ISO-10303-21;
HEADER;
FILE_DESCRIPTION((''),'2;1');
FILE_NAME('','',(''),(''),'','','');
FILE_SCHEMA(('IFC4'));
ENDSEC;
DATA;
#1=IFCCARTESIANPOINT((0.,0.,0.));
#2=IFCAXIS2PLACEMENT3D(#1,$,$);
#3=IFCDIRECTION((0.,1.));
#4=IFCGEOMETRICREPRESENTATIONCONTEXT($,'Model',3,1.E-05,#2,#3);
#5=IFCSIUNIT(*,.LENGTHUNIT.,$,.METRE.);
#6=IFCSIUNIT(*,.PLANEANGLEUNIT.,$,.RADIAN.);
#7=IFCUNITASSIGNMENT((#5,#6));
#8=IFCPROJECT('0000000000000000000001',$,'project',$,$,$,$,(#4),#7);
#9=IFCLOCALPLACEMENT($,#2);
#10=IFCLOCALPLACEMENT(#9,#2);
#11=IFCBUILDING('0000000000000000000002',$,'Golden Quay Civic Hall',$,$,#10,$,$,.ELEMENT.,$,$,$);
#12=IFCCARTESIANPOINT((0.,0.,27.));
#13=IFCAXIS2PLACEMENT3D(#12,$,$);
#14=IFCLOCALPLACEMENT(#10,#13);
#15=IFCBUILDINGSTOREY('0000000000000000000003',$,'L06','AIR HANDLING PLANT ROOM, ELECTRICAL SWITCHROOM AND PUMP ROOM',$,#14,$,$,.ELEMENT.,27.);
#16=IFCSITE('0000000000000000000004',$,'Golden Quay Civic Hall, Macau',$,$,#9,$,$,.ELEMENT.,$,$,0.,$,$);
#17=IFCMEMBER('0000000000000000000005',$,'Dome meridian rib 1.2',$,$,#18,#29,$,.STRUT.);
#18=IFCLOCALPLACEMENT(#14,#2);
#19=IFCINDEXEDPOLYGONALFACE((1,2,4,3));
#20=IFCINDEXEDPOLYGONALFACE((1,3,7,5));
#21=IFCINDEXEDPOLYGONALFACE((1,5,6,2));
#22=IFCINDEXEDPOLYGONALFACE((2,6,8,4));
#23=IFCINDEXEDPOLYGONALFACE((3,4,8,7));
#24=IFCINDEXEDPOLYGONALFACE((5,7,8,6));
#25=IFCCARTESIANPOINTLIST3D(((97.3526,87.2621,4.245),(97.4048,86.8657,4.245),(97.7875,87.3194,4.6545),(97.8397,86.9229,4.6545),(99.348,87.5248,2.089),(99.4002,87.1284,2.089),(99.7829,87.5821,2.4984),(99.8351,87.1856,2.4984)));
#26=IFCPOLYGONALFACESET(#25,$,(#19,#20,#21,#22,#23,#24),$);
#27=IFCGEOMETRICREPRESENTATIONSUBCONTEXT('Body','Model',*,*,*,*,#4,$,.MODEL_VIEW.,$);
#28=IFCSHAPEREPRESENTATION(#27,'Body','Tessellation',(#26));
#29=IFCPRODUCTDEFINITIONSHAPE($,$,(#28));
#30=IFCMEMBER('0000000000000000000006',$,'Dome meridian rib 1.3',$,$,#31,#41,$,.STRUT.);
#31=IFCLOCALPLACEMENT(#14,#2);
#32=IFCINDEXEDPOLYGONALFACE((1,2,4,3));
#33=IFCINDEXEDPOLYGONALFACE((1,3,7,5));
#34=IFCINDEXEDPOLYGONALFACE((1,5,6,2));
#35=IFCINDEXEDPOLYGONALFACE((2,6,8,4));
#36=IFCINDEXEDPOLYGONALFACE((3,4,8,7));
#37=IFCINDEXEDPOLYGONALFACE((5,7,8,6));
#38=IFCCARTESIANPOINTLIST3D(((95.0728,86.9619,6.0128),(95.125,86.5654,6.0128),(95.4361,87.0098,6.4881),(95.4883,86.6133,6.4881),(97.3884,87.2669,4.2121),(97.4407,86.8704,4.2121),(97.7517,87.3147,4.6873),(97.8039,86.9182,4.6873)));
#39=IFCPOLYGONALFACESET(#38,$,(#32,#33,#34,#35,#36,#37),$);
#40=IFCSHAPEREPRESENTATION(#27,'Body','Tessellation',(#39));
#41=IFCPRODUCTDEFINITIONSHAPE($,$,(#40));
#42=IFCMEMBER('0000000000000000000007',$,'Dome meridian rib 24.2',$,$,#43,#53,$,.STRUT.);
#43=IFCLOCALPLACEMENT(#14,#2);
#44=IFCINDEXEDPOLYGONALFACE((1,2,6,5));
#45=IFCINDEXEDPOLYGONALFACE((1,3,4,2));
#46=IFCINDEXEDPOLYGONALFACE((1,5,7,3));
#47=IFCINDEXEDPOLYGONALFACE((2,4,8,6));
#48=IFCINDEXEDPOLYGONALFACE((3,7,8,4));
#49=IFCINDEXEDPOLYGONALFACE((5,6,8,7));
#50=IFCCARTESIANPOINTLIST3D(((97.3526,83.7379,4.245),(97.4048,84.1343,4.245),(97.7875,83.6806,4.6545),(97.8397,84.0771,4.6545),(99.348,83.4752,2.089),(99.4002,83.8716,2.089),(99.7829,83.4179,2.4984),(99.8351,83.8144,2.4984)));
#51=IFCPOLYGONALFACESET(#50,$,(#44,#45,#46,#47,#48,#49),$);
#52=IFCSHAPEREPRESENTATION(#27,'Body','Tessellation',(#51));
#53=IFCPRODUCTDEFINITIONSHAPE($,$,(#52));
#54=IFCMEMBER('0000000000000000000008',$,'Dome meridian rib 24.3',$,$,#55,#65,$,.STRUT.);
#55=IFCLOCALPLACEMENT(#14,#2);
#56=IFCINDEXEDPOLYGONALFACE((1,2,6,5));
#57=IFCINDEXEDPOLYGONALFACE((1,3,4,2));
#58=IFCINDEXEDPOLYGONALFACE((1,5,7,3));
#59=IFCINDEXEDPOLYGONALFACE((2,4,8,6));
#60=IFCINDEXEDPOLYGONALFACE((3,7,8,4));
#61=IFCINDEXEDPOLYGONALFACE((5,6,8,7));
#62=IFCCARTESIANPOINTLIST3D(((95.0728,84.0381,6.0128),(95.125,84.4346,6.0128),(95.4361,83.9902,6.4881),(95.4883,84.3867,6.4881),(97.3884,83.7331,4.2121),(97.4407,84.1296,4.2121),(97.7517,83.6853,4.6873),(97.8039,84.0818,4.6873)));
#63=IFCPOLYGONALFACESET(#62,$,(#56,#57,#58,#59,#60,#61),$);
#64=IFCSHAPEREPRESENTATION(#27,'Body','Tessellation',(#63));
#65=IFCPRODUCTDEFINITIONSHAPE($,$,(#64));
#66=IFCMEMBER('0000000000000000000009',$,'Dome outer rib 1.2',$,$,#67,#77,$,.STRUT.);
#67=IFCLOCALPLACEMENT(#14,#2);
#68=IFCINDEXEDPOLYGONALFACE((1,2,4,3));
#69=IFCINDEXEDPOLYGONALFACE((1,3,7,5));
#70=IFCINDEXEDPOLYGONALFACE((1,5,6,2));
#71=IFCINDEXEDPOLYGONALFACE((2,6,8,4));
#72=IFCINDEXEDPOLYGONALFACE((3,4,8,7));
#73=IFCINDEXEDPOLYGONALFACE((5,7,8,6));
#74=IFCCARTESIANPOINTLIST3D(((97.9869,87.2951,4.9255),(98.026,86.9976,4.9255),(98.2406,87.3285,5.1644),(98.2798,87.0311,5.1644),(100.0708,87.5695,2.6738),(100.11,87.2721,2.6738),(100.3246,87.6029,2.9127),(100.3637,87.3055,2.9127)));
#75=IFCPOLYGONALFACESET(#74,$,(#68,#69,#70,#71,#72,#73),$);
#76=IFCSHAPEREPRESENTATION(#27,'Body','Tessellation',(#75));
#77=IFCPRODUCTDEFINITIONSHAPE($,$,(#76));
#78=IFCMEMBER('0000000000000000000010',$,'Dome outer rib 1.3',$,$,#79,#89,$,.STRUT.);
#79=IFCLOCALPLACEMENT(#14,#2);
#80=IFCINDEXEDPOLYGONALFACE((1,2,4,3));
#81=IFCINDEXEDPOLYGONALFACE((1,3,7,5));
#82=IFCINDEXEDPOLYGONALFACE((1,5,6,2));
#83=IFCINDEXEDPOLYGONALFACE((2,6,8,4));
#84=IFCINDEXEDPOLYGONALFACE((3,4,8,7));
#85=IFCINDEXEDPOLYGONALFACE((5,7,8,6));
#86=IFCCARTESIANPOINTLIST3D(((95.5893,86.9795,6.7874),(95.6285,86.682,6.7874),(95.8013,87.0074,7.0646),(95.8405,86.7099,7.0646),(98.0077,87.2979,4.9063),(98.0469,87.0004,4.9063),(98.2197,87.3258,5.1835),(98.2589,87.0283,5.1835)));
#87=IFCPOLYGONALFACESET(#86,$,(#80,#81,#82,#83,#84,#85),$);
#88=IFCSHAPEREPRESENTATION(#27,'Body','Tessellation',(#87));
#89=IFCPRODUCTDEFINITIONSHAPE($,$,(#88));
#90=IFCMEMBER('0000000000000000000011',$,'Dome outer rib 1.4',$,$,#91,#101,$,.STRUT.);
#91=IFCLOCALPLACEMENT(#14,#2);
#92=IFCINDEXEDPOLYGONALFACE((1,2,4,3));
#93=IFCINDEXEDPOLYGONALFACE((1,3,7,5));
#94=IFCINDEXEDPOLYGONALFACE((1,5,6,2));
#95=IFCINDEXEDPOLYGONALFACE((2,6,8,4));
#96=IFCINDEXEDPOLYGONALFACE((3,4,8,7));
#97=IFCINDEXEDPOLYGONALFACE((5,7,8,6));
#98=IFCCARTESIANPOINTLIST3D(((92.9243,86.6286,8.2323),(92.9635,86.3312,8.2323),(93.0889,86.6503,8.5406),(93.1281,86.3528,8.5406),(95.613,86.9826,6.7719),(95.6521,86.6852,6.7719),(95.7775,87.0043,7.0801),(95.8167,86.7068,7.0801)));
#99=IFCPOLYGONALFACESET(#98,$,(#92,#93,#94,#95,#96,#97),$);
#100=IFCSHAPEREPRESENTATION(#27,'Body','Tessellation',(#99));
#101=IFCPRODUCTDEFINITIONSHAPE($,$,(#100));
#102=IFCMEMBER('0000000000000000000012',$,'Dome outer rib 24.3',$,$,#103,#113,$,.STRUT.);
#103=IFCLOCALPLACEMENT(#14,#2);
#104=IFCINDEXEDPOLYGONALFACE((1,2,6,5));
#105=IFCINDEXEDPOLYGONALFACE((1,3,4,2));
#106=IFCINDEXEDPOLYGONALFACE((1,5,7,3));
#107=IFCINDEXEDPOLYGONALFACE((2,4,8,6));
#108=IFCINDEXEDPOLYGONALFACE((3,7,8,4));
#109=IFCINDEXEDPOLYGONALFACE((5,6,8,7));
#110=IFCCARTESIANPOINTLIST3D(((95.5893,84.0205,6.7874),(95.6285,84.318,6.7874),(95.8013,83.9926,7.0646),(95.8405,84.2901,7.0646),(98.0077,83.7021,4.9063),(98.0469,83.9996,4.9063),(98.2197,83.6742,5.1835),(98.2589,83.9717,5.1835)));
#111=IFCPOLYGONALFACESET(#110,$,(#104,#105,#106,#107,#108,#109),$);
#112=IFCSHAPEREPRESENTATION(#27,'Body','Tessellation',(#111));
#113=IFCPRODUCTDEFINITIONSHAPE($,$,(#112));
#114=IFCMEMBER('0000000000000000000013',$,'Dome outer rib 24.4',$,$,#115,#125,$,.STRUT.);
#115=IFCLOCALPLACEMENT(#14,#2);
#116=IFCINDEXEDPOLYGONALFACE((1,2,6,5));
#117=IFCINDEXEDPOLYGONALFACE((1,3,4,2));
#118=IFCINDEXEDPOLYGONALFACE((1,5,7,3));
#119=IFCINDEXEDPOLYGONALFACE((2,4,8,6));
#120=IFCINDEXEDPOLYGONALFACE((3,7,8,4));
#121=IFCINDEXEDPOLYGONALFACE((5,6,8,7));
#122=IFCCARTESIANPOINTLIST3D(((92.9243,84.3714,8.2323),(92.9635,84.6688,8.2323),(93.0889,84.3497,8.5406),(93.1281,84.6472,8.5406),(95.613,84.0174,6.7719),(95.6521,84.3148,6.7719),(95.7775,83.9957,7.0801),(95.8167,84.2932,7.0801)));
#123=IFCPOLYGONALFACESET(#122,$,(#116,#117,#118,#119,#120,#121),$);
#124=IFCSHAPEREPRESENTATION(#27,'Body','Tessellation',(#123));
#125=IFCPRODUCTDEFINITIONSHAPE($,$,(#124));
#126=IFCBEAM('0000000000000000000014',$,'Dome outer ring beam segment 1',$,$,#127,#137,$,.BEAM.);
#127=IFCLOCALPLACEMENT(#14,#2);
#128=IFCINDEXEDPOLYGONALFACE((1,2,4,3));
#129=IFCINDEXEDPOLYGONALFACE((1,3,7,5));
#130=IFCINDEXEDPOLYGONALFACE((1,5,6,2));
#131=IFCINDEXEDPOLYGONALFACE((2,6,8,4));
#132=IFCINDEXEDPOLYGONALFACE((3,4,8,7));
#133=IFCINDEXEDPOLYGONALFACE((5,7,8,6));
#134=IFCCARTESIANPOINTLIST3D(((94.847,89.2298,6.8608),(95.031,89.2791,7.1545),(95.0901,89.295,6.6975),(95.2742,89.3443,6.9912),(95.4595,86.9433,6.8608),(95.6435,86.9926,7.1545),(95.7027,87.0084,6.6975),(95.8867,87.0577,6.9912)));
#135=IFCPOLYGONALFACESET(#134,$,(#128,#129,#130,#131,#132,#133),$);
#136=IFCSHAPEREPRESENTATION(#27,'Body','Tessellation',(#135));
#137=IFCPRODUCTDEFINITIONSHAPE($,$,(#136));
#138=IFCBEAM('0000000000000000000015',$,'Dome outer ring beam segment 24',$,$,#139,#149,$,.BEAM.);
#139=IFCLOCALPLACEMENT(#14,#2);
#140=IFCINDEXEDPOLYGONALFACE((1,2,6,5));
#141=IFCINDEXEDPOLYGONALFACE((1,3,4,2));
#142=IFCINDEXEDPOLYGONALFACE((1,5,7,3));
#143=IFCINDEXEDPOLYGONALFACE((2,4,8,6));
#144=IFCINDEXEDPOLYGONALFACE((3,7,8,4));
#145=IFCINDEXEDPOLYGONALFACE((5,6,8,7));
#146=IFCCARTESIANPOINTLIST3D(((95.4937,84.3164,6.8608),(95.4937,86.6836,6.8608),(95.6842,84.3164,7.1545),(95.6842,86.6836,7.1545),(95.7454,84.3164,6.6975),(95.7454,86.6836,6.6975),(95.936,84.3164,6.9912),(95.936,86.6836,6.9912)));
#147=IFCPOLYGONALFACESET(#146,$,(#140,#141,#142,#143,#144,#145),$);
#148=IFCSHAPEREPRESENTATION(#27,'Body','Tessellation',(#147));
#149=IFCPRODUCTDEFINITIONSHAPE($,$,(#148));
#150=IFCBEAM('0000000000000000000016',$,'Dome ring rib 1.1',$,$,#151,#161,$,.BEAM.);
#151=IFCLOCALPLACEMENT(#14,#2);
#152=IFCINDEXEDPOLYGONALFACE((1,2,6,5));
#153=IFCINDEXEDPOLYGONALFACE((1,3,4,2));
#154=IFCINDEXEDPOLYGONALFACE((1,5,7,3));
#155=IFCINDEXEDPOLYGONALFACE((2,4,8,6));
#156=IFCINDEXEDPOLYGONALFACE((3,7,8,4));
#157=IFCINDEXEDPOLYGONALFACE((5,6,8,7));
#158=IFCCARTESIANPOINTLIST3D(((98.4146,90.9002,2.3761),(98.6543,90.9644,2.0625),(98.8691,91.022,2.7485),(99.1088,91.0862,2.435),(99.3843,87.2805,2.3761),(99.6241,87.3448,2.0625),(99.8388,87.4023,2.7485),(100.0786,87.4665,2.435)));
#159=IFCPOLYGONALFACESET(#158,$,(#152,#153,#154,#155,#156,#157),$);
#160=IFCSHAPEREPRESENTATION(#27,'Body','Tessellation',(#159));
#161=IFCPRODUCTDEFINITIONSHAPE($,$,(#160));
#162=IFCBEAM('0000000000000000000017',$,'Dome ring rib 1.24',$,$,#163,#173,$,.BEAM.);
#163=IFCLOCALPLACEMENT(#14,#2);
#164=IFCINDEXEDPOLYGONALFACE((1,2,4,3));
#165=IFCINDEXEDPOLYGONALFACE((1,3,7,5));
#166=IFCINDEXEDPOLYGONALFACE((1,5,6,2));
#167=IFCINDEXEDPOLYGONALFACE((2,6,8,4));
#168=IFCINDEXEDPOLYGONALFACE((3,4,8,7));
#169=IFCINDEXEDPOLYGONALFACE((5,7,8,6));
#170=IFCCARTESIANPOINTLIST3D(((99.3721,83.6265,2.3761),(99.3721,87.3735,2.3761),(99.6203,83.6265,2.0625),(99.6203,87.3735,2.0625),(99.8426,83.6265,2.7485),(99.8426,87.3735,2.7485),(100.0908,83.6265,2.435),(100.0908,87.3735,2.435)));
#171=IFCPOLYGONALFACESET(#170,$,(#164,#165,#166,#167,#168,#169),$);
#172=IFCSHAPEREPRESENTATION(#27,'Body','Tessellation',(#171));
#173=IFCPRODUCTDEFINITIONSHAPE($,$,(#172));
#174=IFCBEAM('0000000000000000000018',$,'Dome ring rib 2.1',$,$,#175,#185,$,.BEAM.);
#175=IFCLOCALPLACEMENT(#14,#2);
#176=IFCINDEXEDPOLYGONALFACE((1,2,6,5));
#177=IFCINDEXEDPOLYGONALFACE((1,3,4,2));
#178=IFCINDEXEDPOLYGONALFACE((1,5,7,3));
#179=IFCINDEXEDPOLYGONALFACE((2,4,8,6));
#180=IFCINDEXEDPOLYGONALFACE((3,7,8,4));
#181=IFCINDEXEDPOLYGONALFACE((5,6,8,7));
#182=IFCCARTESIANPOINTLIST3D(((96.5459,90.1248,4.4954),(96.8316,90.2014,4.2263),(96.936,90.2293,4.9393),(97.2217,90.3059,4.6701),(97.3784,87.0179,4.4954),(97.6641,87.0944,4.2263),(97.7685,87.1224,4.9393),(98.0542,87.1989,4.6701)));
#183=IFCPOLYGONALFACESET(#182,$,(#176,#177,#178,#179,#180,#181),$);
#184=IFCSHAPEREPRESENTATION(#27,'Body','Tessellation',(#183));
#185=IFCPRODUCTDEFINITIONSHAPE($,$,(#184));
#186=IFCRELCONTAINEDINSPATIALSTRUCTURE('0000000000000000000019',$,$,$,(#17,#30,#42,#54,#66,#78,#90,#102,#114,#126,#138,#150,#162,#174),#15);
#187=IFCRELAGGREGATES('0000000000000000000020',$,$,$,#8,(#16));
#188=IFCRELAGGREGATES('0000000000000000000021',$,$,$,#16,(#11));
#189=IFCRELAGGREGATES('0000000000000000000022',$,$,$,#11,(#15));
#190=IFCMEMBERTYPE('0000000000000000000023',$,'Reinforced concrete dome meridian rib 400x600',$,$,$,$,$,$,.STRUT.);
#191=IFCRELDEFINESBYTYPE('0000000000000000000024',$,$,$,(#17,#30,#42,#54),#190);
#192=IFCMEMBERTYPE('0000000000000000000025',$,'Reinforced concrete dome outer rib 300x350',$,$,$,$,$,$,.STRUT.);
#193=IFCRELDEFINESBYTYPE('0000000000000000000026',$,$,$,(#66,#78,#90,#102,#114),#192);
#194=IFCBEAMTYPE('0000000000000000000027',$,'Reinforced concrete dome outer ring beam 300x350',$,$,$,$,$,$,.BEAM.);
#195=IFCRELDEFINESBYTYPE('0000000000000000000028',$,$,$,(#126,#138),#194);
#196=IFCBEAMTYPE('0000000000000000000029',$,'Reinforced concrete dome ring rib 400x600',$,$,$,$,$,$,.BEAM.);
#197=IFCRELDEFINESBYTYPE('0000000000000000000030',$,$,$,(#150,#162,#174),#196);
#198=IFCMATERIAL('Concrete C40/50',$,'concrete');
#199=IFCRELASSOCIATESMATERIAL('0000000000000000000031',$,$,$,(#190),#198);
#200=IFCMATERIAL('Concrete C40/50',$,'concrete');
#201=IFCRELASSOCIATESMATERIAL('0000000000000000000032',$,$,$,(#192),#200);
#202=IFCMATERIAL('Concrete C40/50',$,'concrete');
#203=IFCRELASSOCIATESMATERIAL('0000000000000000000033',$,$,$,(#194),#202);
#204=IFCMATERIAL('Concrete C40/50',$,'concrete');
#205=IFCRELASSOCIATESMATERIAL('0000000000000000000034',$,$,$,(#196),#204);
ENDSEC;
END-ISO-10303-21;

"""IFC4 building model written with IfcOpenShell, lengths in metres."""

from ifc_helpers import new_model, si_unit, direction, frame, origin, origin_2d, place, context, subcontext, project, spatial, rectangle, extrude, material, material_profile, profile_set, type_object, element, save


model = new_model("IFC4")

# Units and contexts
model_context = context("Model", 3, precision=1e-05, world=origin(), true_north=direction((0.0, 1.0)))
body_context = subcontext(model_context, "Body", "Model", "MODEL_VIEW")
ifc_project = project(units=[si_unit("LENGTHUNIT", "METRE"), si_unit("PLANEANGLEUNIT", "RADIAN")], contexts=[model_context])

# Site, building, storey
site_placement = place(None, origin())
site = spatial("IfcSite", under=ifc_project, at=site_placement, Name="Golden Quay Civic Hall, Macau", CompositionType="ELEMENT", RefElevation=0.0)
building_placement = place(site_placement, origin())
building = spatial("IfcBuilding", under=site, at=building_placement, Name="Golden Quay Civic Hall", CompositionType="ELEMENT")
storey_placement = place(building_placement, frame((0.0, 0.0, 27.0)))
storey = spatial("IfcBuildingStorey", under=building, at=storey_placement, Name="L06", Description="AIR HANDLING PLANT ROOM, ELECTRICAL SWITCHROOM AND PUMP ROOM", CompositionType="ELEMENT", Elevation=27.0)

# Members
ifc_material_1 = material(Name="Concrete C40/50", Category="concrete")
ifc_material_profile_1 = material_profile(ifc_material_1, rectangle(XDim=0.3999, YDim=0.6001, at=origin_2d()), Name="RC 400x600")
ifc_profile_set_1 = profile_set([ifc_material_profile_1], Name="Concrete C40/50")
member_type_1 = type_object("IfcMemberType", Name="Reinforced concrete dome meridian rib 400x600", PredefinedType="STRUT", material=ifc_profile_set_1)
member_1_placement = place(storey_placement, frame((99.5916, 87.3552, 2.2937), z_axis=(-0.676536, -0.089068, 0.731003), x_axis=(0.130527, -0.991445, 0.0)))
element("IfcMember", 1, at=member_1_placement, inside=storey, type_object=member_type_1, Name="Dome meridian rib 1.2", PredefinedType="STRUT", context=body_context, shape_type="SweptSolid", body=[
    extrude(rectangle(XDim=0.3999, YDim=0.6001, at=origin_2d()), origin(), (0.0, 0.0, 1.0), 2.9495),
])
member_2_placement = place(storey_placement, frame((97.5962, 87.0925, 4.4497), z_axis=(-0.785171, -0.103393, 0.610587), x_axis=(0.130555, -0.991441, 0.0)))
element("IfcMember", 2, at=member_2_placement, inside=storey, type_object=member_type_1, Name="Dome meridian rib 1.3", PredefinedType="STRUT", context=body_context, shape_type="SweptSolid", body=[
    extrude(rectangle(XDim=0.3999, YDim=0.6001, at=origin_2d()), origin(), (0.0, 0.0, 1.0), 2.9492),
])
member_3_placement = place(storey_placement, frame((99.5916, 83.6448, 2.2937), z_axis=(-0.676536, 0.089068, 0.731003), x_axis=(-0.130527, -0.991445, 0.0)))
element("IfcMember", 3, at=member_3_placement, inside=storey, type_object=member_type_1, Name="Dome meridian rib 24.2", PredefinedType="STRUT", context=body_context, shape_type="SweptSolid", body=[
    extrude(rectangle(XDim=0.3999, YDim=0.6001, at=origin_2d()), origin(), (0.0, 0.0, 1.0), 2.9495),
])
member_4_placement = place(storey_placement, frame((97.5962, 83.9075, 4.4497), z_axis=(-0.785171, 0.103393, 0.610587), x_axis=(-0.130555, -0.991441, 0.0)))
element("IfcMember", 4, at=member_4_placement, inside=storey, type_object=member_type_1, Name="Dome meridian rib 24.3", PredefinedType="STRUT", context=body_context, shape_type="SweptSolid", body=[
    extrude(rectangle(XDim=0.3999, YDim=0.6001, at=origin_2d()), origin(), (0.0, 0.0, 1.0), 2.9492),
])
ifc_material_2 = material(Name="Concrete C40/50", Category="concrete")
ifc_material_profile_2 = material_profile(ifc_material_2, rectangle(XDim=0.3, YDim=0.3501, at=origin_2d()), Name="RC 300x350")
ifc_profile_set_2 = profile_set([ifc_material_profile_2], Name="Concrete C40/50")
member_type_2 = type_object("IfcMemberType", Name="Reinforced concrete dome outer rib 300x350", PredefinedType="STRUT", material=ifc_profile_set_2)
for number, where, z_axis, x_axis, name in (
    (5, (100.2173, 87.4375, 2.7932), (-0.676544, -0.089086, 0.730994), (0.130551, -0.991442, 0.0), "Dome outer rib 1.2"),
    (6, (98.1333, 87.1631, 5.0449), (-0.785112, -0.10335, 0.610669), (0.130511, -0.991447, 0.0), "Dome outer rib 1.3"),
):
    element("IfcMember", number, at=place(storey_placement, frame(where, z_axis=z_axis, x_axis=x_axis)), inside=storey, type_object=member_type_2, Name=name, PredefinedType="STRUT", context=body_context, shape_type="SweptSolid", body=[
        extrude(rectangle(XDim=0.3, YDim=0.3501, at=origin_2d()), origin(), (0.0, 0.0, 1.0), 3.0803),
    ])
member_5_placement = place(storey_placement, frame((95.7148, 86.8447, 6.926), z_axis=(-0.872913, -0.11493, 0.474146), x_axis=(0.130536, -0.991444, 0.0)))
element("IfcMember", 7, at=member_5_placement, inside=storey, type_object=member_type_2, Name="Dome outer rib 1.4", PredefinedType="STRUT", context=body_context, shape_type="SweptSolid", body=[
    extrude(rectangle(XDim=0.3, YDim=0.3501, at=origin_2d()), origin(), (0.0, 0.0, 1.0), 3.0801),
])
member_6_placement = place(storey_placement, frame((98.1333, 83.8369, 5.0449), z_axis=(-0.785112, 0.10335, 0.610669), x_axis=(-0.130511, -0.991447, 0.0)))
element("IfcMember", 8, at=member_6_placement, inside=storey, type_object=member_type_2, Name="Dome outer rib 24.3", PredefinedType="STRUT", context=body_context, shape_type="SweptSolid", body=[
    extrude(rectangle(XDim=0.3, YDim=0.3501, at=origin_2d()), origin(), (0.0, 0.0, 1.0), 3.0803),
])
member_7_placement = place(storey_placement, frame((95.7148, 84.1553, 6.926), z_axis=(-0.872913, 0.11493, 0.474146), x_axis=(-0.130536, -0.991444, 0.0)))
element("IfcMember", 9, at=member_7_placement, inside=storey, type_object=member_type_2, Name="Dome outer rib 24.4", PredefinedType="STRUT", context=body_context, shape_type="SweptSolid", body=[
    extrude(rectangle(XDim=0.3, YDim=0.3501, at=origin_2d()), origin(), (0.0, 0.0, 1.0), 3.0801),
])

# Beams
ifc_material_3 = material(Name="Concrete C40/50", Category="concrete")
ifc_material_profile_3 = material_profile(ifc_material_3, rectangle(XDim=0.3, YDim=0.3501, at=origin_2d()), Name="RC 300x350")
ifc_profile_set_3 = profile_set([ifc_material_profile_3], Name="Concrete C40/50")
beam_type_1 = type_object("IfcBeamType", Name="Reinforced concrete dome outer ring beam 300x350", PredefinedType="BEAM", material=ifc_profile_set_3)
for number, where, z_axis, x_axis, name in (
    (10, (95.6731, 87.0005, 6.926), (-0.25876, 0.965942, 0.0), (-0.810377, -0.217087, 0.544209), "Dome outer ring beam segment 1"),
    (11, (95.7148, 84.3164, 6.926), (0.0, 1.0, 0.0), (-0.83895, 0.0, 0.544209), "Dome outer ring beam segment 24"),
):
    element("IfcBeam", number, at=place(storey_placement, frame(where, z_axis=z_axis, x_axis=x_axis)), inside=storey, type_object=beam_type_1, Name=name, PredefinedType="BEAM", context=body_context, shape_type="SweptSolid", body=[
        extrude(rectangle(XDim=0.3, YDim=0.3501, at=origin_2d()), origin(), (0.0, 0.0, 1.0), 2.3672),
    ])
ifc_material_4 = material(Name="Concrete C40/50", Category="concrete")
ifc_material_profile_4 = material_profile(ifc_material_4, rectangle(XDim=0.3999, YDim=0.6001, at=origin_2d()), Name="RC 400x600")
ifc_profile_set_4 = profile_set([ifc_material_profile_4], Name="Concrete C40/50")
beam_type_2 = type_object("IfcBeamType", Name="Reinforced concrete dome ring rib 400x600", PredefinedType="BEAM", material=ifc_profile_set_4)
beam_1_placement = place(storey_placement, frame((99.7314, 87.3735, 2.4055), z_axis=(-0.258782, 0.965936, 0.0), x_axis=(-0.599518, -0.160616, 0.784079)))
element("IfcBeam", 12, at=beam_1_placement, inside=storey, type_object=beam_type_2, Name="Dome ring rib 1.1", PredefinedType="BEAM", context=body_context, shape_type="SweptSolid", body=[
    extrude(rectangle(XDim=0.3999, YDim=0.6001, at=origin_2d()), origin(), (0.0, 0.0, 1.0), 3.7473),
])
beam_2_placement = place(storey_placement, frame((99.7314, 83.6265, 2.4055), z_axis=(0.0, 1.0, 0.0), x_axis=(-0.620661, 0.0, 0.784079)))
element("IfcBeam", 13, at=beam_2_placement, inside=storey, type_object=beam_type_2, Name="Dome ring rib 1.24", PredefinedType="BEAM", context=body_context, shape_type="SweptSolid", body=[
    extrude(rectangle(XDim=0.3999, YDim=0.6001, at=origin_2d()), origin(), (0.0, 0.0, 1.0), 3.7471),
])
beam_3_placement = place(storey_placement, frame((97.7163, 87.1084, 4.5828), z_axis=(-0.258825, 0.965924, 0.0), x_axis=(-0.714393, -0.191425, 0.673053)))
element("IfcBeam", 14, at=beam_3_placement, inside=storey, type_object=beam_type_2, Name="Dome ring rib 2.1", PredefinedType="BEAM", context=body_context, shape_type="SweptSolid", body=[
    extrude(rectangle(XDim=0.3999, YDim=0.6001, at=origin_2d()), origin(), (0.0, 0.0, 1.0), 3.2166),
])

save(model, "model.ifc")
